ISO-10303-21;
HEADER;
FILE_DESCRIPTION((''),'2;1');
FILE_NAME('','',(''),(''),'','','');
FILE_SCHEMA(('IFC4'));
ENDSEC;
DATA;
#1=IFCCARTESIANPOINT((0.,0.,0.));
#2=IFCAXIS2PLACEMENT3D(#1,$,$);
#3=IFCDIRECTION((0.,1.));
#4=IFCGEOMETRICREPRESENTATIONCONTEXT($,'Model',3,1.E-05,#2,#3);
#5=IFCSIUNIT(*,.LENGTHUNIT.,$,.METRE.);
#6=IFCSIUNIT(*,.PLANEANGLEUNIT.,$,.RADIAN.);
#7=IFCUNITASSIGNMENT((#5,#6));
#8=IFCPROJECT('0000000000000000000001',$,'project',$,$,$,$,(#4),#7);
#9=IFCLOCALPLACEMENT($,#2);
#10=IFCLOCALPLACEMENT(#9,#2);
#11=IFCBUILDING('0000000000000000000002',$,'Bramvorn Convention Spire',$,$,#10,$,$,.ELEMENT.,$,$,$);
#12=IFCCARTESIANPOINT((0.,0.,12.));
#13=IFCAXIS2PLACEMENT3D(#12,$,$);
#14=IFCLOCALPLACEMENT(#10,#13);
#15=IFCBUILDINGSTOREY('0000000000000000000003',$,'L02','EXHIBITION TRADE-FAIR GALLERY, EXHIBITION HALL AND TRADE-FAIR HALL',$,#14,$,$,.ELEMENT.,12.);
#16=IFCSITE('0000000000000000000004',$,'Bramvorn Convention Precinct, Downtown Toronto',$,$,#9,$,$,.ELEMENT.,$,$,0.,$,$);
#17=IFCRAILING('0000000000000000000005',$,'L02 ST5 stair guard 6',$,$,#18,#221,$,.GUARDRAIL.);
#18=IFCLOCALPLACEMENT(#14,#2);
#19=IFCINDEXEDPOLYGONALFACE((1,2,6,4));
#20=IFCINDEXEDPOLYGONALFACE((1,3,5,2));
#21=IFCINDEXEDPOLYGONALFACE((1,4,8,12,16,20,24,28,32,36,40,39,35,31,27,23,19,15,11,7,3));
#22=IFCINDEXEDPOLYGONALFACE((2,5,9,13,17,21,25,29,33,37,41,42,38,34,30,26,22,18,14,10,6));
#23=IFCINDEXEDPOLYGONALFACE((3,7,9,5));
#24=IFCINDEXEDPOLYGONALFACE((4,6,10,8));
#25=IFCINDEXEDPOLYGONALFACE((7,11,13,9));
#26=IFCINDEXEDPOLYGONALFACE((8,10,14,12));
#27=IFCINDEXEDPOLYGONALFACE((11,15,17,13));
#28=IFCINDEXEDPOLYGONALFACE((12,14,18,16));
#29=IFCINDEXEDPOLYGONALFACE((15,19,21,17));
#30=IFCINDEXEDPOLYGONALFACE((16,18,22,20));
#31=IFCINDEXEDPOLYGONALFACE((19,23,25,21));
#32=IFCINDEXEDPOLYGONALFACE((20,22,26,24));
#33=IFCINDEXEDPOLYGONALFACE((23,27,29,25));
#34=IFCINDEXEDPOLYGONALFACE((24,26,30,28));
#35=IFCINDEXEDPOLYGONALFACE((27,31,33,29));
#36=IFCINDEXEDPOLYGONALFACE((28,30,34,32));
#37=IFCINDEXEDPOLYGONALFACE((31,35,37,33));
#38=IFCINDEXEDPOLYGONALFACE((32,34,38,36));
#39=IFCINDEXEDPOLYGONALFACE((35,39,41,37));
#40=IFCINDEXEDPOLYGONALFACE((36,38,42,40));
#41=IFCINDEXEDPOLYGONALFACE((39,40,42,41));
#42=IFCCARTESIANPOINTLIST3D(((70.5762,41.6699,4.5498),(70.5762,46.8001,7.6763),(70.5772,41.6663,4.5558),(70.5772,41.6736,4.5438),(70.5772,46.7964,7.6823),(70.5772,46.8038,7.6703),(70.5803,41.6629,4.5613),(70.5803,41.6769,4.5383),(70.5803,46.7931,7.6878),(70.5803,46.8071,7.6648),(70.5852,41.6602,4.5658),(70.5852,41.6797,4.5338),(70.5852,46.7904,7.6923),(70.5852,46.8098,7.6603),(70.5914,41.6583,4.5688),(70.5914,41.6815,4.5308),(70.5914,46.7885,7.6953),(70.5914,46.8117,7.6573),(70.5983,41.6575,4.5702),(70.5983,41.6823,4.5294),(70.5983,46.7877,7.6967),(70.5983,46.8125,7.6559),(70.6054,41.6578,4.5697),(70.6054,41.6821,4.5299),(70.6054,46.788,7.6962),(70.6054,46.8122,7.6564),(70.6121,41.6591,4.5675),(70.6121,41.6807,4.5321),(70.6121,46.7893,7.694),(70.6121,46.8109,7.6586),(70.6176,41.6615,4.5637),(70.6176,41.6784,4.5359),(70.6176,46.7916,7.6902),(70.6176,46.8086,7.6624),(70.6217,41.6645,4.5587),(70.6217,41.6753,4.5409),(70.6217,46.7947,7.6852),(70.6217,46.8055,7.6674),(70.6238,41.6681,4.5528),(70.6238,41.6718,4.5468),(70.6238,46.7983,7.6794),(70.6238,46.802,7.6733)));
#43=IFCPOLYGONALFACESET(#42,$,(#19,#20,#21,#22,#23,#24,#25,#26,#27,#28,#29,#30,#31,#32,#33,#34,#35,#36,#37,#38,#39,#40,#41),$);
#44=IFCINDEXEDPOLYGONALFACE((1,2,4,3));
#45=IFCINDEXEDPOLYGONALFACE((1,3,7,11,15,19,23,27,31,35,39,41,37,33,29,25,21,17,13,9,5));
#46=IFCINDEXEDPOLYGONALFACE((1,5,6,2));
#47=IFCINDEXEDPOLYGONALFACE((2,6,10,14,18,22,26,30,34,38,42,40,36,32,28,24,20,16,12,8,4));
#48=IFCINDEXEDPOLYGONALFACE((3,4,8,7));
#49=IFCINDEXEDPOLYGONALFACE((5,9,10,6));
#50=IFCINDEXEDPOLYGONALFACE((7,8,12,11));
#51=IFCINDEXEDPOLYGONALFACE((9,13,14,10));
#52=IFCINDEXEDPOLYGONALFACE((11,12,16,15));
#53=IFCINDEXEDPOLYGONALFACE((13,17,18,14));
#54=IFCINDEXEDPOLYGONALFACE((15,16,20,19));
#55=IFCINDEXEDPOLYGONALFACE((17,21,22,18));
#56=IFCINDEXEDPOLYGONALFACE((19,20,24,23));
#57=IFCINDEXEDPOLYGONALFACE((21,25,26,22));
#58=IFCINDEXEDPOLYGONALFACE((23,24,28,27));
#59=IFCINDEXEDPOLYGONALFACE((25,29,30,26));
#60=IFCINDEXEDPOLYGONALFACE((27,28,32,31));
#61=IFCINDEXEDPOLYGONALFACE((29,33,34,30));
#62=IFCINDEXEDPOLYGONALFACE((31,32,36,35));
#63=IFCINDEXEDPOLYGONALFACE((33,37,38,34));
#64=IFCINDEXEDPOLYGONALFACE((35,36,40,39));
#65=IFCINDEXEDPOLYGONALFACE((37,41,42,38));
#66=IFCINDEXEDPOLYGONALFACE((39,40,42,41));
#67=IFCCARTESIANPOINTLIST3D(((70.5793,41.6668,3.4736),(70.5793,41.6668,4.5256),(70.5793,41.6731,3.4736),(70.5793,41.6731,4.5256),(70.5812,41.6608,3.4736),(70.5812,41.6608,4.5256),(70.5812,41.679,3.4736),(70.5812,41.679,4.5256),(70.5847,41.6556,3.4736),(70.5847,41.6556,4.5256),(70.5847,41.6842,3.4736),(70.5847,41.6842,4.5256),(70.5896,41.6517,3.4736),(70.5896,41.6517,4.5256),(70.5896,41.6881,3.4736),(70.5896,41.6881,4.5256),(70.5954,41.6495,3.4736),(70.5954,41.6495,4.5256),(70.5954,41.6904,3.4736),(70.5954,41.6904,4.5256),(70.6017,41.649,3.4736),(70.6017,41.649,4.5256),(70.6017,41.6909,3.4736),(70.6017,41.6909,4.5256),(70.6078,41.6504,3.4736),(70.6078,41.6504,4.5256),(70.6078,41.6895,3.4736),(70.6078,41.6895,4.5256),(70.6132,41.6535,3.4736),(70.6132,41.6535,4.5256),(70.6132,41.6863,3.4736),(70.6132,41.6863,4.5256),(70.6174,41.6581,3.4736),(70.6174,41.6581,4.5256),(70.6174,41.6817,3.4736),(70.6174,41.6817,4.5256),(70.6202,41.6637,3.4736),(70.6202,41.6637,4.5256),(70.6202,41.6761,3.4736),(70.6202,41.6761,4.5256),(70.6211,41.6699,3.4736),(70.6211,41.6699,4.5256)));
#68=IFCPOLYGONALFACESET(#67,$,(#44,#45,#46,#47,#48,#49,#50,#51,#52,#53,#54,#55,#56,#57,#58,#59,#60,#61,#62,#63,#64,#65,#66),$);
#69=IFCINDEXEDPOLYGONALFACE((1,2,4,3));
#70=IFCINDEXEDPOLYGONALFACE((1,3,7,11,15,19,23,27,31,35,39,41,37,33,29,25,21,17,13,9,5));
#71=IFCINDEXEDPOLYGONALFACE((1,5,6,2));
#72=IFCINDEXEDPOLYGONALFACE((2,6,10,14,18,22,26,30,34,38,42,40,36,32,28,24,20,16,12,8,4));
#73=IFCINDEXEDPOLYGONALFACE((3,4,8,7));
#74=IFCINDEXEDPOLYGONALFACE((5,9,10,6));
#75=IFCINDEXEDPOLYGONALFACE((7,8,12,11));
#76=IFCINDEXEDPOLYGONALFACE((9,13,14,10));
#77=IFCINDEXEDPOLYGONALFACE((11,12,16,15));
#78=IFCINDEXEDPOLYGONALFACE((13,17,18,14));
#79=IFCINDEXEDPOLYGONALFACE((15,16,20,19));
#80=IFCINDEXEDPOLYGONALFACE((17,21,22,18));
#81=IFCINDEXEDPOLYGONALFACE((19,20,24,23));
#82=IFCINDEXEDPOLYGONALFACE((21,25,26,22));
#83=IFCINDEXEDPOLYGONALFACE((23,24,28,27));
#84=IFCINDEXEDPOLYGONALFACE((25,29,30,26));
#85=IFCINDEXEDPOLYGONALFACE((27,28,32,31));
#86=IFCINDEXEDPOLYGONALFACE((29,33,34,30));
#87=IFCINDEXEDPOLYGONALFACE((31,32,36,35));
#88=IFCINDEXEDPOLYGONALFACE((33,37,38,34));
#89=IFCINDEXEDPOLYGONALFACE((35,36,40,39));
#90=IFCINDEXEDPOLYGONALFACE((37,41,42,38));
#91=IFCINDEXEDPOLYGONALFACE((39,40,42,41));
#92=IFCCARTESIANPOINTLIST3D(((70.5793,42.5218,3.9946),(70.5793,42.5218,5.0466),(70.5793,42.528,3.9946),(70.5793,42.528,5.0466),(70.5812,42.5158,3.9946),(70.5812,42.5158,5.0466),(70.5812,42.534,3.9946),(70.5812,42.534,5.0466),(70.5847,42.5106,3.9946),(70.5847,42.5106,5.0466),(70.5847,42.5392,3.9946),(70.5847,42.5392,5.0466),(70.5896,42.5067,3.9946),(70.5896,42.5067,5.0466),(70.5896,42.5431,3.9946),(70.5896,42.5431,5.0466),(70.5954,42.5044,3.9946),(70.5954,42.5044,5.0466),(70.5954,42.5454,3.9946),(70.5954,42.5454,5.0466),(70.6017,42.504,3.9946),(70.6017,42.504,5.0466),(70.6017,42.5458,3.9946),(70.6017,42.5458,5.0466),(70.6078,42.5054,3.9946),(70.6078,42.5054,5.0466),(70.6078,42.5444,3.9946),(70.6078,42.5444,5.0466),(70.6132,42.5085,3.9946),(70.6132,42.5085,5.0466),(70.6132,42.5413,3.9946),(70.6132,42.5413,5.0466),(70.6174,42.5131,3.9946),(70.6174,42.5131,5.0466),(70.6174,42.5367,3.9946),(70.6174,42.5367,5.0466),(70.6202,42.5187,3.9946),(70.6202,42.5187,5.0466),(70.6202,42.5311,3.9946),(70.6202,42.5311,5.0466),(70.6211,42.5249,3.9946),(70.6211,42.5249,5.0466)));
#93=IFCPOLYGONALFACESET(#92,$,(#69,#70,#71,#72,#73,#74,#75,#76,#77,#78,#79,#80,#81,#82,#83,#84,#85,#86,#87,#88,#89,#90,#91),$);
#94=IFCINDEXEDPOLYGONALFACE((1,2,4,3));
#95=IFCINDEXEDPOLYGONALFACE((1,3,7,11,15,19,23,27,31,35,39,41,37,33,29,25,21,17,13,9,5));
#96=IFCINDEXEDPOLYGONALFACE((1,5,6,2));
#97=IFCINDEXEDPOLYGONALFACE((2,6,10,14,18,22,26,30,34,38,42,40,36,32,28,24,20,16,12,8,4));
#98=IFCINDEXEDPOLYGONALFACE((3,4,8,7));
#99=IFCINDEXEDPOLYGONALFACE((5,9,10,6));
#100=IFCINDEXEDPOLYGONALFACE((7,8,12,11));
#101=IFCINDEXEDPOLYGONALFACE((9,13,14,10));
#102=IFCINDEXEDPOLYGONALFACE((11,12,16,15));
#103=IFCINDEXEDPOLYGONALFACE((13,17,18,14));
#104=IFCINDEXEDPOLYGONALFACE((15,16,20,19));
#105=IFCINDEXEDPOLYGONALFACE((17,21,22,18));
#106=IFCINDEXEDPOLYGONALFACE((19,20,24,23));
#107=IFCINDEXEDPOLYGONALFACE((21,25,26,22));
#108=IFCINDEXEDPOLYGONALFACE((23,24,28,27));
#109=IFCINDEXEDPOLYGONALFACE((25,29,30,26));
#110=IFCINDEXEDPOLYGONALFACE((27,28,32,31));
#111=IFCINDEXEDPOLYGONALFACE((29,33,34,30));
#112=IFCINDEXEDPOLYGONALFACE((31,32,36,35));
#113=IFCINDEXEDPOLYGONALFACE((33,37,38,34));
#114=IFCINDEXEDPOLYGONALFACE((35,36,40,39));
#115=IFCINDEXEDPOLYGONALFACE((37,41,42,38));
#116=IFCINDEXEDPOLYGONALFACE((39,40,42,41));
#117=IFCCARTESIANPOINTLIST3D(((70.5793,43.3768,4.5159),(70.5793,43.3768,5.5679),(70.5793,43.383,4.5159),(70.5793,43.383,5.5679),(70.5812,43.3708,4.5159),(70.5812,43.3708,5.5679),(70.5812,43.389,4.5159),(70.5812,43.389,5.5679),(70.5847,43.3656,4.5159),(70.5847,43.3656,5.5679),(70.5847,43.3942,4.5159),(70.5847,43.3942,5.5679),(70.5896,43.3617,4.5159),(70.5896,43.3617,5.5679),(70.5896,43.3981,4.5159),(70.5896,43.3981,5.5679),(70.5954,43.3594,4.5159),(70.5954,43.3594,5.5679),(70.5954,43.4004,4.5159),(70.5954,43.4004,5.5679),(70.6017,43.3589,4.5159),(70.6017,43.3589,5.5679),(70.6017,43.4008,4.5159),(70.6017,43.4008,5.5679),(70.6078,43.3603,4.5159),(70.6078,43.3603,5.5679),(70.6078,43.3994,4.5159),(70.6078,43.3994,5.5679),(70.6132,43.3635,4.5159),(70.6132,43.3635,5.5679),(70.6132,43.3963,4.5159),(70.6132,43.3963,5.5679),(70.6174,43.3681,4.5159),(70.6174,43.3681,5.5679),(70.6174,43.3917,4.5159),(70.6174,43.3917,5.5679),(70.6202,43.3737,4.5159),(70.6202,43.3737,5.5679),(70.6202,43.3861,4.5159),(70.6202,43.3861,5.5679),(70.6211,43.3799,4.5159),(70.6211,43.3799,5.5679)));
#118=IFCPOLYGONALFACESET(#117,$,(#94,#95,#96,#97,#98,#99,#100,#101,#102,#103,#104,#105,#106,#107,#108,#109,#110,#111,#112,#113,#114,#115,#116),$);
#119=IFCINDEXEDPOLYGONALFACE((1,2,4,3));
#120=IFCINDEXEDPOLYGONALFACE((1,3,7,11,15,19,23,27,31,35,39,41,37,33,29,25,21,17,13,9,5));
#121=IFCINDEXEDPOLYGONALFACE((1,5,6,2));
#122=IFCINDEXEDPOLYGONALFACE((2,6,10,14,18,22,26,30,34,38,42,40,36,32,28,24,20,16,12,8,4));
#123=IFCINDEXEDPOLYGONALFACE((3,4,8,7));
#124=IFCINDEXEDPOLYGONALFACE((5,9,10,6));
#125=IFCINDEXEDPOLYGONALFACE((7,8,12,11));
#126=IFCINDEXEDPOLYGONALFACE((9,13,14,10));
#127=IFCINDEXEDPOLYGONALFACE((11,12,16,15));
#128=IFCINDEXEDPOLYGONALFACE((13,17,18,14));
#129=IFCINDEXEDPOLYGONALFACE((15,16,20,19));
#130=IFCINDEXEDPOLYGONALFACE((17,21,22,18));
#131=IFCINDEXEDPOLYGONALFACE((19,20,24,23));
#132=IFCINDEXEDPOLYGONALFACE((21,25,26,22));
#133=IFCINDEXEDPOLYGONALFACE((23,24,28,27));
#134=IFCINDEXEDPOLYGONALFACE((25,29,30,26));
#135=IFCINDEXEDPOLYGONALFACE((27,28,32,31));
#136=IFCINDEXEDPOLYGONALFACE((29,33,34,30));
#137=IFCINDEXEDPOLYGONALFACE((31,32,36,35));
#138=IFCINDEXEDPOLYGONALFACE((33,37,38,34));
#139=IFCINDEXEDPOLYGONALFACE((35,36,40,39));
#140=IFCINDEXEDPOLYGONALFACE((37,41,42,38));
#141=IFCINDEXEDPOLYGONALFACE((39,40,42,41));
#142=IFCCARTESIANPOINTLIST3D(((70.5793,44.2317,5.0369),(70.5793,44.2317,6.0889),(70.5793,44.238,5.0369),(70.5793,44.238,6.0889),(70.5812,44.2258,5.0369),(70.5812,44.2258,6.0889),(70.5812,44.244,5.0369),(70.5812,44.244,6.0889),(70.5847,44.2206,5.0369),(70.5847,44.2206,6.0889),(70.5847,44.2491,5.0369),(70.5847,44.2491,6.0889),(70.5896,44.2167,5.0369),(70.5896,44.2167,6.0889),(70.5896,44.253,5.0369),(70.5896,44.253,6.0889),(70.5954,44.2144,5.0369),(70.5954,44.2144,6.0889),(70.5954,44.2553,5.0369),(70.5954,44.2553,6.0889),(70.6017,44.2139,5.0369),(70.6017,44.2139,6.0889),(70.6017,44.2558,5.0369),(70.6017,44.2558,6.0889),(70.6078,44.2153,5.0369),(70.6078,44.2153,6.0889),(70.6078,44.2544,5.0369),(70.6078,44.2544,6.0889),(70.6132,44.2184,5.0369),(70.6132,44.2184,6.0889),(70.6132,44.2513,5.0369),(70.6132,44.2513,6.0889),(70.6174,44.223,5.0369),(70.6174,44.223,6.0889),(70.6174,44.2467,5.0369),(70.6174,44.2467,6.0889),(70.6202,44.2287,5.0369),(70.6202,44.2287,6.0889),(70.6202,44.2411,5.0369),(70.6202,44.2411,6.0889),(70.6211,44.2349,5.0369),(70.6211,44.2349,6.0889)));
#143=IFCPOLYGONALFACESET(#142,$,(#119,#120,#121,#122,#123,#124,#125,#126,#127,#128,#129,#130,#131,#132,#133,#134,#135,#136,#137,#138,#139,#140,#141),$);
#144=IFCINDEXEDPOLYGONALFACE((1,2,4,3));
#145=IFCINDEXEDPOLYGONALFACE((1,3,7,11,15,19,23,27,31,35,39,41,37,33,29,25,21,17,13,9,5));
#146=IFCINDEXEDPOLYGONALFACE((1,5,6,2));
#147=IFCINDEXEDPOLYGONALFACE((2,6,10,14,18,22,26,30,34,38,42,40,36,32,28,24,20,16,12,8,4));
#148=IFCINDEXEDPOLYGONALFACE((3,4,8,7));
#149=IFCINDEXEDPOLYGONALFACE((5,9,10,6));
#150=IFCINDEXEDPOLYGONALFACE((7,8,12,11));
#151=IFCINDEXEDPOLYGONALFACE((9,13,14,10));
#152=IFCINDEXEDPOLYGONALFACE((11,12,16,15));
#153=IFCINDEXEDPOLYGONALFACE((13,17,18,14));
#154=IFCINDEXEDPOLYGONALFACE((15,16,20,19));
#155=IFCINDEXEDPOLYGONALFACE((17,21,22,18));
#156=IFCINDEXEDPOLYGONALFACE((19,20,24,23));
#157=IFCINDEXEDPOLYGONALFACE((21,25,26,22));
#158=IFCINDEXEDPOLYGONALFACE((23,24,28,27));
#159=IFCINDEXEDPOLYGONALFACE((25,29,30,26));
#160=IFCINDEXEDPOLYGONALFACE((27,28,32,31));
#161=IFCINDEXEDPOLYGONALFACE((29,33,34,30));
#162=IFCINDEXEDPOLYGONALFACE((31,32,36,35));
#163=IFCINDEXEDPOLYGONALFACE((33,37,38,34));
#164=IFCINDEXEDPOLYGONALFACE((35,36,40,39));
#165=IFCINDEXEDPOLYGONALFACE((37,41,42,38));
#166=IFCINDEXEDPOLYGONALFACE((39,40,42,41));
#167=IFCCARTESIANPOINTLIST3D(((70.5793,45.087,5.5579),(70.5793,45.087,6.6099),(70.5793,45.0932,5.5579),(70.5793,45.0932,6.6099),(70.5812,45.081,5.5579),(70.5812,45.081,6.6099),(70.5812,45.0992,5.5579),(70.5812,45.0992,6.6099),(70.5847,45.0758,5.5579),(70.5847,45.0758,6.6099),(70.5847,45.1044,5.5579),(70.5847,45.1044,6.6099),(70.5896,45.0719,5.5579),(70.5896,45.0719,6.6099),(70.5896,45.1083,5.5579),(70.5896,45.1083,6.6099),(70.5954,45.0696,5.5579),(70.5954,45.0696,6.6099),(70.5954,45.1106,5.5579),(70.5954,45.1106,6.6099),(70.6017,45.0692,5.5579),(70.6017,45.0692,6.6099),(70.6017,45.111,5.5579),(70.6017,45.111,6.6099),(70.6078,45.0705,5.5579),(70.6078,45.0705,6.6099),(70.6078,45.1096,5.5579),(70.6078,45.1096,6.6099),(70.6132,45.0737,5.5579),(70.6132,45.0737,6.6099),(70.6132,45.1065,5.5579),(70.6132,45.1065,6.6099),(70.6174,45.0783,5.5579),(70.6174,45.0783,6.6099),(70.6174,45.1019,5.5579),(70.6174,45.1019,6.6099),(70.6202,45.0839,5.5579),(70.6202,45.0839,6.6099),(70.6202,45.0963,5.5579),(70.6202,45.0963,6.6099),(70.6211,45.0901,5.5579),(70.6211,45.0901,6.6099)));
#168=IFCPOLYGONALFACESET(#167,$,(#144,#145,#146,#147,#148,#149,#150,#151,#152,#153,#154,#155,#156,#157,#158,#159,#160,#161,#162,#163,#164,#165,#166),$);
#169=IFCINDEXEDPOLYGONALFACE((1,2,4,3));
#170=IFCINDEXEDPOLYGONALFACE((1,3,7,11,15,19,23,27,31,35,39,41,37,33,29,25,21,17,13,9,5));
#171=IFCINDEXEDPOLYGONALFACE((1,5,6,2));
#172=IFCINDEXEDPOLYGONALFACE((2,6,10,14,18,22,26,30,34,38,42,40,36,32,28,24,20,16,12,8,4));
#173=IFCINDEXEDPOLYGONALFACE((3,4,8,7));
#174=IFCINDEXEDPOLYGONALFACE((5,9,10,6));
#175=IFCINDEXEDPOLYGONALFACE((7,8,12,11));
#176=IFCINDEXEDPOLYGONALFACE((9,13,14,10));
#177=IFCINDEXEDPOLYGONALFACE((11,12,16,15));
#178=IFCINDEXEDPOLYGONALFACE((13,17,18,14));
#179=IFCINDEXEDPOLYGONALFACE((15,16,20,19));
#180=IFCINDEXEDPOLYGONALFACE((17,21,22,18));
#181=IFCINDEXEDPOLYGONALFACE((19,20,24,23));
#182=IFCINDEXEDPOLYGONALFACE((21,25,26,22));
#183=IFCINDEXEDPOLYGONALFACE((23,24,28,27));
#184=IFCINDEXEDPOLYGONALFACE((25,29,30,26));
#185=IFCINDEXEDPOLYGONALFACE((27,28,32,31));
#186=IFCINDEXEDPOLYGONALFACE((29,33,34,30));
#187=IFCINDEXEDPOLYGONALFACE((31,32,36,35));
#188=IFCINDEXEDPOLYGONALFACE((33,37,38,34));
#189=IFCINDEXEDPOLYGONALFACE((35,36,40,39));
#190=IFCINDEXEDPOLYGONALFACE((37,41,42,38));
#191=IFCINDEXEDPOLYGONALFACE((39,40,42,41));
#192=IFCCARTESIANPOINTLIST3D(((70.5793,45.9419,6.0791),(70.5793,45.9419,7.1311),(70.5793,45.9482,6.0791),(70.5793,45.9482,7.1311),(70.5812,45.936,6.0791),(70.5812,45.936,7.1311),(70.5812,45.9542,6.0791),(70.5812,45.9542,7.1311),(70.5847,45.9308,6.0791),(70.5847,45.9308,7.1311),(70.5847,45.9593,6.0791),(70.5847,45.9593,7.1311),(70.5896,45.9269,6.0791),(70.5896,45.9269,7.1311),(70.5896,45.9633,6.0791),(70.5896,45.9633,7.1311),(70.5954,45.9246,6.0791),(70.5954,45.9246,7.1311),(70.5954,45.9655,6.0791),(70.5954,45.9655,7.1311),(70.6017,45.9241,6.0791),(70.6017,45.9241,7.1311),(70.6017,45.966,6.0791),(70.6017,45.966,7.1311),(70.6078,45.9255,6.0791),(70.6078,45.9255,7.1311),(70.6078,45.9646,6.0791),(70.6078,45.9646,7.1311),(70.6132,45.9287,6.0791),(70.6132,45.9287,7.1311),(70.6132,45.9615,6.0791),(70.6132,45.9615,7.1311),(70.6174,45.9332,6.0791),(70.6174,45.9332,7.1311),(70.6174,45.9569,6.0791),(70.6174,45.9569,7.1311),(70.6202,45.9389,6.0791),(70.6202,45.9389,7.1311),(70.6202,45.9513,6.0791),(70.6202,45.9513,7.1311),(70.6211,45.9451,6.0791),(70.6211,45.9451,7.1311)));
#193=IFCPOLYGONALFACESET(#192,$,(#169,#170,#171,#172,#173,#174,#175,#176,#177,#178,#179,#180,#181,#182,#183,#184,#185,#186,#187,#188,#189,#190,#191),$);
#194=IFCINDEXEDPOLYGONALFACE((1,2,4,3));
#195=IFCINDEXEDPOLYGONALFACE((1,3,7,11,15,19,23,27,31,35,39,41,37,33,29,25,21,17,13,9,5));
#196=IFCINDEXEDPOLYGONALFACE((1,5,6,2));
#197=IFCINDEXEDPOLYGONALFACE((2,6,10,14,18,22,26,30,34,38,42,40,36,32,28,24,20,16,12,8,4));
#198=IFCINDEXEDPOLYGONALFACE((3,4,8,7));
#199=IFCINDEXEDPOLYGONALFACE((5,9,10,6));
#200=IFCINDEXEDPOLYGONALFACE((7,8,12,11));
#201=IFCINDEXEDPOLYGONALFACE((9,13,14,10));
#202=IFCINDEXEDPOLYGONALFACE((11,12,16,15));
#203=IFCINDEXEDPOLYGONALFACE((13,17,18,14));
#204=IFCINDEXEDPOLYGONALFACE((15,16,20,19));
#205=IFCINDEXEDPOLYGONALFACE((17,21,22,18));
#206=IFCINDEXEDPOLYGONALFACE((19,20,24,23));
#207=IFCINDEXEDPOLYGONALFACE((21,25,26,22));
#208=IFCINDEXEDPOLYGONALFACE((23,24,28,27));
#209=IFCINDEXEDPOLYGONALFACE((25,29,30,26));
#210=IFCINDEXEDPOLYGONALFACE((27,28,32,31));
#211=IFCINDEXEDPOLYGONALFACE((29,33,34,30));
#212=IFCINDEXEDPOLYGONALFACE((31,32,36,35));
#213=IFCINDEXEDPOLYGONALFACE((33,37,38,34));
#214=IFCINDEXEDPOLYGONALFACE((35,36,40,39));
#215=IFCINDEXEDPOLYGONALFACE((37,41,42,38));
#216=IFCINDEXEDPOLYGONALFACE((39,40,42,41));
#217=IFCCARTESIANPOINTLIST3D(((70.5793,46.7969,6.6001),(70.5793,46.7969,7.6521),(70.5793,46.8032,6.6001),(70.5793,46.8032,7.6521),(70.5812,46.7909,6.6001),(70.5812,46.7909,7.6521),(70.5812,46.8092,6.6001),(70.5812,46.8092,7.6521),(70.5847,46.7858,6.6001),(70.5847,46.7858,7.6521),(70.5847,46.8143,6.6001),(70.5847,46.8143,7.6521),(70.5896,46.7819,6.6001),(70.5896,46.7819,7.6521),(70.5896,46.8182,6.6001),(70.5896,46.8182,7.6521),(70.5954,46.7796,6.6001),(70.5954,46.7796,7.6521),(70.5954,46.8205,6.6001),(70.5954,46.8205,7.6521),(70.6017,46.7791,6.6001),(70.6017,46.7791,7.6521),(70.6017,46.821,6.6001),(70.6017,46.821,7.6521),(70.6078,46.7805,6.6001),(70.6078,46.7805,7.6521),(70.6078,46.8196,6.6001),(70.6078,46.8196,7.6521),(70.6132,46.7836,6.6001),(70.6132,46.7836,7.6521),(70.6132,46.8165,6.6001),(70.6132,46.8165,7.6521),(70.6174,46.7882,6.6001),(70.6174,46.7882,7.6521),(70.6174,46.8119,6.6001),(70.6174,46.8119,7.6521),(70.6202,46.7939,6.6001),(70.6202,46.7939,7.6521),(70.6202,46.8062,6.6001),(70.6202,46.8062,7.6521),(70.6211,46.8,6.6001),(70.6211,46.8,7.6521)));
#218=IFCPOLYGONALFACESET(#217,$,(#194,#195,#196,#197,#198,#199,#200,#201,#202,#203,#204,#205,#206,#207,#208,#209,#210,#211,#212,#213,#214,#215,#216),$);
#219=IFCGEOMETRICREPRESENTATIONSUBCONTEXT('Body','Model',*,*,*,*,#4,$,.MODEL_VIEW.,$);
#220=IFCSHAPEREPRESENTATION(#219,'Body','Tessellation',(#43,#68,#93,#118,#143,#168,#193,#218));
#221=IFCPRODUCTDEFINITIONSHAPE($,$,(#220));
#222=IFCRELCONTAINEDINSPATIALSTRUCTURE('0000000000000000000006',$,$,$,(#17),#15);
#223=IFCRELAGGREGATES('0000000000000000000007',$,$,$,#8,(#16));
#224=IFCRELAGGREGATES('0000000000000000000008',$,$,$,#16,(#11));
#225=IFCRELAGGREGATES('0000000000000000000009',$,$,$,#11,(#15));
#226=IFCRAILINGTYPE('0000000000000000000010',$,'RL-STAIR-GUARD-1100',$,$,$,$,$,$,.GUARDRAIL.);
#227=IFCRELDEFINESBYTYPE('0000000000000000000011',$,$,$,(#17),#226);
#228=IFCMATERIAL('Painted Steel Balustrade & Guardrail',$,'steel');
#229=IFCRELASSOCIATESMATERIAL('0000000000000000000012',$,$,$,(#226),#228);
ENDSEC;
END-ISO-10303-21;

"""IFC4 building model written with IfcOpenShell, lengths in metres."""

from ifc_helpers import new_model, si_unit, direction, frame, origin, origin_2d, place, context, subcontext, project, spatial, circle, extrude, material, type_object, element, save


model = new_model("IFC4")

# Units and contexts
model_context = context("Model", 3, precision=1e-05, world=origin(), true_north=direction((0.0, 1.0)))
body_context = subcontext(model_context, "Body", "Model", "MODEL_VIEW")
ifc_project = project(units=[si_unit("LENGTHUNIT", "METRE"), si_unit("PLANEANGLEUNIT", "RADIAN")], contexts=[model_context])

# Site, building, storey
site_placement = place(None, origin())
site = spatial("IfcSite", under=ifc_project, at=site_placement, Name="Bramvorn Convention Precinct, Downtown Toronto", CompositionType="ELEMENT", RefElevation=0.0)
building_placement = place(site_placement, origin())
building = spatial("IfcBuilding", under=site, at=building_placement, Name="Bramvorn Convention Spire", CompositionType="ELEMENT")
storey_placement = place(building_placement, frame((0.0, 0.0, 12.0)))
storey = spatial("IfcBuildingStorey", under=building, at=storey_placement, Name="L02", Description="EXHIBITION TRADE-FAIR GALLERY, EXHIBITION HALL AND TRADE-FAIR HALL", CompositionType="ELEMENT", Elevation=12.0)

# Railing
ifc_material_1 = material(Name="Painted Steel Balustrade & Guardrail", Category="steel")
railing_type_1 = type_object("IfcRailingType", Name="RL-STAIR-GUARD-1100", PredefinedType="GUARDRAIL", material=ifc_material_1)
railing_1_placement = place(storey_placement, frame((70.6001, 41.6699, 3.4736)))
element("IfcRailing", 1, at=railing_1_placement, inside=storey, type_object=railing_type_1, Name="L02 ST5 stair guard 6", PredefinedType="GUARDRAIL", context=body_context, shape_type="SweptSolid", body=[
    extrude(circle(Radius=0.0239, at=origin_2d()), frame((0.0, 0.0, 1.0762), z_axis=(0.0, 0.853919, 0.520406), x_axis=(-1.0, 0.0, 0.0)), (0.0, 0.0, 1.0), 6.0078),
    extrude(circle(Radius=0.021, at=origin_2d()), origin(), (0.0, 0.0, 1.0), 1.052),
    extrude(circle(Radius=0.021, at=origin_2d()), frame((0.0, 0.855, 0.521)), (0.0, 0.0, 1.0), 1.052),
    extrude(circle(Radius=0.021, at=origin_2d()), frame((0.0, 1.71, 1.0422)), (0.0, 0.0, 1.0), 1.052),
    extrude(circle(Radius=0.021, at=origin_2d()), frame((0.0, 2.5649, 1.5632)), (0.0, 0.0, 1.0), 1.052),
    extrude(circle(Radius=0.021, at=origin_2d()), frame((0.0, 3.4202, 2.0842)), (0.0, 0.0, 1.0), 1.052),
    extrude(circle(Radius=0.021, at=origin_2d()), frame((0.0, 4.2751, 2.6055)), (0.0, 0.0, 1.0), 1.052),
    extrude(circle(Radius=0.021, at=origin_2d()), frame((0.0, 5.1301, 3.1265)), (0.0, 0.0, 1.0), 1.052),
])

save(model, "model.ifc")
